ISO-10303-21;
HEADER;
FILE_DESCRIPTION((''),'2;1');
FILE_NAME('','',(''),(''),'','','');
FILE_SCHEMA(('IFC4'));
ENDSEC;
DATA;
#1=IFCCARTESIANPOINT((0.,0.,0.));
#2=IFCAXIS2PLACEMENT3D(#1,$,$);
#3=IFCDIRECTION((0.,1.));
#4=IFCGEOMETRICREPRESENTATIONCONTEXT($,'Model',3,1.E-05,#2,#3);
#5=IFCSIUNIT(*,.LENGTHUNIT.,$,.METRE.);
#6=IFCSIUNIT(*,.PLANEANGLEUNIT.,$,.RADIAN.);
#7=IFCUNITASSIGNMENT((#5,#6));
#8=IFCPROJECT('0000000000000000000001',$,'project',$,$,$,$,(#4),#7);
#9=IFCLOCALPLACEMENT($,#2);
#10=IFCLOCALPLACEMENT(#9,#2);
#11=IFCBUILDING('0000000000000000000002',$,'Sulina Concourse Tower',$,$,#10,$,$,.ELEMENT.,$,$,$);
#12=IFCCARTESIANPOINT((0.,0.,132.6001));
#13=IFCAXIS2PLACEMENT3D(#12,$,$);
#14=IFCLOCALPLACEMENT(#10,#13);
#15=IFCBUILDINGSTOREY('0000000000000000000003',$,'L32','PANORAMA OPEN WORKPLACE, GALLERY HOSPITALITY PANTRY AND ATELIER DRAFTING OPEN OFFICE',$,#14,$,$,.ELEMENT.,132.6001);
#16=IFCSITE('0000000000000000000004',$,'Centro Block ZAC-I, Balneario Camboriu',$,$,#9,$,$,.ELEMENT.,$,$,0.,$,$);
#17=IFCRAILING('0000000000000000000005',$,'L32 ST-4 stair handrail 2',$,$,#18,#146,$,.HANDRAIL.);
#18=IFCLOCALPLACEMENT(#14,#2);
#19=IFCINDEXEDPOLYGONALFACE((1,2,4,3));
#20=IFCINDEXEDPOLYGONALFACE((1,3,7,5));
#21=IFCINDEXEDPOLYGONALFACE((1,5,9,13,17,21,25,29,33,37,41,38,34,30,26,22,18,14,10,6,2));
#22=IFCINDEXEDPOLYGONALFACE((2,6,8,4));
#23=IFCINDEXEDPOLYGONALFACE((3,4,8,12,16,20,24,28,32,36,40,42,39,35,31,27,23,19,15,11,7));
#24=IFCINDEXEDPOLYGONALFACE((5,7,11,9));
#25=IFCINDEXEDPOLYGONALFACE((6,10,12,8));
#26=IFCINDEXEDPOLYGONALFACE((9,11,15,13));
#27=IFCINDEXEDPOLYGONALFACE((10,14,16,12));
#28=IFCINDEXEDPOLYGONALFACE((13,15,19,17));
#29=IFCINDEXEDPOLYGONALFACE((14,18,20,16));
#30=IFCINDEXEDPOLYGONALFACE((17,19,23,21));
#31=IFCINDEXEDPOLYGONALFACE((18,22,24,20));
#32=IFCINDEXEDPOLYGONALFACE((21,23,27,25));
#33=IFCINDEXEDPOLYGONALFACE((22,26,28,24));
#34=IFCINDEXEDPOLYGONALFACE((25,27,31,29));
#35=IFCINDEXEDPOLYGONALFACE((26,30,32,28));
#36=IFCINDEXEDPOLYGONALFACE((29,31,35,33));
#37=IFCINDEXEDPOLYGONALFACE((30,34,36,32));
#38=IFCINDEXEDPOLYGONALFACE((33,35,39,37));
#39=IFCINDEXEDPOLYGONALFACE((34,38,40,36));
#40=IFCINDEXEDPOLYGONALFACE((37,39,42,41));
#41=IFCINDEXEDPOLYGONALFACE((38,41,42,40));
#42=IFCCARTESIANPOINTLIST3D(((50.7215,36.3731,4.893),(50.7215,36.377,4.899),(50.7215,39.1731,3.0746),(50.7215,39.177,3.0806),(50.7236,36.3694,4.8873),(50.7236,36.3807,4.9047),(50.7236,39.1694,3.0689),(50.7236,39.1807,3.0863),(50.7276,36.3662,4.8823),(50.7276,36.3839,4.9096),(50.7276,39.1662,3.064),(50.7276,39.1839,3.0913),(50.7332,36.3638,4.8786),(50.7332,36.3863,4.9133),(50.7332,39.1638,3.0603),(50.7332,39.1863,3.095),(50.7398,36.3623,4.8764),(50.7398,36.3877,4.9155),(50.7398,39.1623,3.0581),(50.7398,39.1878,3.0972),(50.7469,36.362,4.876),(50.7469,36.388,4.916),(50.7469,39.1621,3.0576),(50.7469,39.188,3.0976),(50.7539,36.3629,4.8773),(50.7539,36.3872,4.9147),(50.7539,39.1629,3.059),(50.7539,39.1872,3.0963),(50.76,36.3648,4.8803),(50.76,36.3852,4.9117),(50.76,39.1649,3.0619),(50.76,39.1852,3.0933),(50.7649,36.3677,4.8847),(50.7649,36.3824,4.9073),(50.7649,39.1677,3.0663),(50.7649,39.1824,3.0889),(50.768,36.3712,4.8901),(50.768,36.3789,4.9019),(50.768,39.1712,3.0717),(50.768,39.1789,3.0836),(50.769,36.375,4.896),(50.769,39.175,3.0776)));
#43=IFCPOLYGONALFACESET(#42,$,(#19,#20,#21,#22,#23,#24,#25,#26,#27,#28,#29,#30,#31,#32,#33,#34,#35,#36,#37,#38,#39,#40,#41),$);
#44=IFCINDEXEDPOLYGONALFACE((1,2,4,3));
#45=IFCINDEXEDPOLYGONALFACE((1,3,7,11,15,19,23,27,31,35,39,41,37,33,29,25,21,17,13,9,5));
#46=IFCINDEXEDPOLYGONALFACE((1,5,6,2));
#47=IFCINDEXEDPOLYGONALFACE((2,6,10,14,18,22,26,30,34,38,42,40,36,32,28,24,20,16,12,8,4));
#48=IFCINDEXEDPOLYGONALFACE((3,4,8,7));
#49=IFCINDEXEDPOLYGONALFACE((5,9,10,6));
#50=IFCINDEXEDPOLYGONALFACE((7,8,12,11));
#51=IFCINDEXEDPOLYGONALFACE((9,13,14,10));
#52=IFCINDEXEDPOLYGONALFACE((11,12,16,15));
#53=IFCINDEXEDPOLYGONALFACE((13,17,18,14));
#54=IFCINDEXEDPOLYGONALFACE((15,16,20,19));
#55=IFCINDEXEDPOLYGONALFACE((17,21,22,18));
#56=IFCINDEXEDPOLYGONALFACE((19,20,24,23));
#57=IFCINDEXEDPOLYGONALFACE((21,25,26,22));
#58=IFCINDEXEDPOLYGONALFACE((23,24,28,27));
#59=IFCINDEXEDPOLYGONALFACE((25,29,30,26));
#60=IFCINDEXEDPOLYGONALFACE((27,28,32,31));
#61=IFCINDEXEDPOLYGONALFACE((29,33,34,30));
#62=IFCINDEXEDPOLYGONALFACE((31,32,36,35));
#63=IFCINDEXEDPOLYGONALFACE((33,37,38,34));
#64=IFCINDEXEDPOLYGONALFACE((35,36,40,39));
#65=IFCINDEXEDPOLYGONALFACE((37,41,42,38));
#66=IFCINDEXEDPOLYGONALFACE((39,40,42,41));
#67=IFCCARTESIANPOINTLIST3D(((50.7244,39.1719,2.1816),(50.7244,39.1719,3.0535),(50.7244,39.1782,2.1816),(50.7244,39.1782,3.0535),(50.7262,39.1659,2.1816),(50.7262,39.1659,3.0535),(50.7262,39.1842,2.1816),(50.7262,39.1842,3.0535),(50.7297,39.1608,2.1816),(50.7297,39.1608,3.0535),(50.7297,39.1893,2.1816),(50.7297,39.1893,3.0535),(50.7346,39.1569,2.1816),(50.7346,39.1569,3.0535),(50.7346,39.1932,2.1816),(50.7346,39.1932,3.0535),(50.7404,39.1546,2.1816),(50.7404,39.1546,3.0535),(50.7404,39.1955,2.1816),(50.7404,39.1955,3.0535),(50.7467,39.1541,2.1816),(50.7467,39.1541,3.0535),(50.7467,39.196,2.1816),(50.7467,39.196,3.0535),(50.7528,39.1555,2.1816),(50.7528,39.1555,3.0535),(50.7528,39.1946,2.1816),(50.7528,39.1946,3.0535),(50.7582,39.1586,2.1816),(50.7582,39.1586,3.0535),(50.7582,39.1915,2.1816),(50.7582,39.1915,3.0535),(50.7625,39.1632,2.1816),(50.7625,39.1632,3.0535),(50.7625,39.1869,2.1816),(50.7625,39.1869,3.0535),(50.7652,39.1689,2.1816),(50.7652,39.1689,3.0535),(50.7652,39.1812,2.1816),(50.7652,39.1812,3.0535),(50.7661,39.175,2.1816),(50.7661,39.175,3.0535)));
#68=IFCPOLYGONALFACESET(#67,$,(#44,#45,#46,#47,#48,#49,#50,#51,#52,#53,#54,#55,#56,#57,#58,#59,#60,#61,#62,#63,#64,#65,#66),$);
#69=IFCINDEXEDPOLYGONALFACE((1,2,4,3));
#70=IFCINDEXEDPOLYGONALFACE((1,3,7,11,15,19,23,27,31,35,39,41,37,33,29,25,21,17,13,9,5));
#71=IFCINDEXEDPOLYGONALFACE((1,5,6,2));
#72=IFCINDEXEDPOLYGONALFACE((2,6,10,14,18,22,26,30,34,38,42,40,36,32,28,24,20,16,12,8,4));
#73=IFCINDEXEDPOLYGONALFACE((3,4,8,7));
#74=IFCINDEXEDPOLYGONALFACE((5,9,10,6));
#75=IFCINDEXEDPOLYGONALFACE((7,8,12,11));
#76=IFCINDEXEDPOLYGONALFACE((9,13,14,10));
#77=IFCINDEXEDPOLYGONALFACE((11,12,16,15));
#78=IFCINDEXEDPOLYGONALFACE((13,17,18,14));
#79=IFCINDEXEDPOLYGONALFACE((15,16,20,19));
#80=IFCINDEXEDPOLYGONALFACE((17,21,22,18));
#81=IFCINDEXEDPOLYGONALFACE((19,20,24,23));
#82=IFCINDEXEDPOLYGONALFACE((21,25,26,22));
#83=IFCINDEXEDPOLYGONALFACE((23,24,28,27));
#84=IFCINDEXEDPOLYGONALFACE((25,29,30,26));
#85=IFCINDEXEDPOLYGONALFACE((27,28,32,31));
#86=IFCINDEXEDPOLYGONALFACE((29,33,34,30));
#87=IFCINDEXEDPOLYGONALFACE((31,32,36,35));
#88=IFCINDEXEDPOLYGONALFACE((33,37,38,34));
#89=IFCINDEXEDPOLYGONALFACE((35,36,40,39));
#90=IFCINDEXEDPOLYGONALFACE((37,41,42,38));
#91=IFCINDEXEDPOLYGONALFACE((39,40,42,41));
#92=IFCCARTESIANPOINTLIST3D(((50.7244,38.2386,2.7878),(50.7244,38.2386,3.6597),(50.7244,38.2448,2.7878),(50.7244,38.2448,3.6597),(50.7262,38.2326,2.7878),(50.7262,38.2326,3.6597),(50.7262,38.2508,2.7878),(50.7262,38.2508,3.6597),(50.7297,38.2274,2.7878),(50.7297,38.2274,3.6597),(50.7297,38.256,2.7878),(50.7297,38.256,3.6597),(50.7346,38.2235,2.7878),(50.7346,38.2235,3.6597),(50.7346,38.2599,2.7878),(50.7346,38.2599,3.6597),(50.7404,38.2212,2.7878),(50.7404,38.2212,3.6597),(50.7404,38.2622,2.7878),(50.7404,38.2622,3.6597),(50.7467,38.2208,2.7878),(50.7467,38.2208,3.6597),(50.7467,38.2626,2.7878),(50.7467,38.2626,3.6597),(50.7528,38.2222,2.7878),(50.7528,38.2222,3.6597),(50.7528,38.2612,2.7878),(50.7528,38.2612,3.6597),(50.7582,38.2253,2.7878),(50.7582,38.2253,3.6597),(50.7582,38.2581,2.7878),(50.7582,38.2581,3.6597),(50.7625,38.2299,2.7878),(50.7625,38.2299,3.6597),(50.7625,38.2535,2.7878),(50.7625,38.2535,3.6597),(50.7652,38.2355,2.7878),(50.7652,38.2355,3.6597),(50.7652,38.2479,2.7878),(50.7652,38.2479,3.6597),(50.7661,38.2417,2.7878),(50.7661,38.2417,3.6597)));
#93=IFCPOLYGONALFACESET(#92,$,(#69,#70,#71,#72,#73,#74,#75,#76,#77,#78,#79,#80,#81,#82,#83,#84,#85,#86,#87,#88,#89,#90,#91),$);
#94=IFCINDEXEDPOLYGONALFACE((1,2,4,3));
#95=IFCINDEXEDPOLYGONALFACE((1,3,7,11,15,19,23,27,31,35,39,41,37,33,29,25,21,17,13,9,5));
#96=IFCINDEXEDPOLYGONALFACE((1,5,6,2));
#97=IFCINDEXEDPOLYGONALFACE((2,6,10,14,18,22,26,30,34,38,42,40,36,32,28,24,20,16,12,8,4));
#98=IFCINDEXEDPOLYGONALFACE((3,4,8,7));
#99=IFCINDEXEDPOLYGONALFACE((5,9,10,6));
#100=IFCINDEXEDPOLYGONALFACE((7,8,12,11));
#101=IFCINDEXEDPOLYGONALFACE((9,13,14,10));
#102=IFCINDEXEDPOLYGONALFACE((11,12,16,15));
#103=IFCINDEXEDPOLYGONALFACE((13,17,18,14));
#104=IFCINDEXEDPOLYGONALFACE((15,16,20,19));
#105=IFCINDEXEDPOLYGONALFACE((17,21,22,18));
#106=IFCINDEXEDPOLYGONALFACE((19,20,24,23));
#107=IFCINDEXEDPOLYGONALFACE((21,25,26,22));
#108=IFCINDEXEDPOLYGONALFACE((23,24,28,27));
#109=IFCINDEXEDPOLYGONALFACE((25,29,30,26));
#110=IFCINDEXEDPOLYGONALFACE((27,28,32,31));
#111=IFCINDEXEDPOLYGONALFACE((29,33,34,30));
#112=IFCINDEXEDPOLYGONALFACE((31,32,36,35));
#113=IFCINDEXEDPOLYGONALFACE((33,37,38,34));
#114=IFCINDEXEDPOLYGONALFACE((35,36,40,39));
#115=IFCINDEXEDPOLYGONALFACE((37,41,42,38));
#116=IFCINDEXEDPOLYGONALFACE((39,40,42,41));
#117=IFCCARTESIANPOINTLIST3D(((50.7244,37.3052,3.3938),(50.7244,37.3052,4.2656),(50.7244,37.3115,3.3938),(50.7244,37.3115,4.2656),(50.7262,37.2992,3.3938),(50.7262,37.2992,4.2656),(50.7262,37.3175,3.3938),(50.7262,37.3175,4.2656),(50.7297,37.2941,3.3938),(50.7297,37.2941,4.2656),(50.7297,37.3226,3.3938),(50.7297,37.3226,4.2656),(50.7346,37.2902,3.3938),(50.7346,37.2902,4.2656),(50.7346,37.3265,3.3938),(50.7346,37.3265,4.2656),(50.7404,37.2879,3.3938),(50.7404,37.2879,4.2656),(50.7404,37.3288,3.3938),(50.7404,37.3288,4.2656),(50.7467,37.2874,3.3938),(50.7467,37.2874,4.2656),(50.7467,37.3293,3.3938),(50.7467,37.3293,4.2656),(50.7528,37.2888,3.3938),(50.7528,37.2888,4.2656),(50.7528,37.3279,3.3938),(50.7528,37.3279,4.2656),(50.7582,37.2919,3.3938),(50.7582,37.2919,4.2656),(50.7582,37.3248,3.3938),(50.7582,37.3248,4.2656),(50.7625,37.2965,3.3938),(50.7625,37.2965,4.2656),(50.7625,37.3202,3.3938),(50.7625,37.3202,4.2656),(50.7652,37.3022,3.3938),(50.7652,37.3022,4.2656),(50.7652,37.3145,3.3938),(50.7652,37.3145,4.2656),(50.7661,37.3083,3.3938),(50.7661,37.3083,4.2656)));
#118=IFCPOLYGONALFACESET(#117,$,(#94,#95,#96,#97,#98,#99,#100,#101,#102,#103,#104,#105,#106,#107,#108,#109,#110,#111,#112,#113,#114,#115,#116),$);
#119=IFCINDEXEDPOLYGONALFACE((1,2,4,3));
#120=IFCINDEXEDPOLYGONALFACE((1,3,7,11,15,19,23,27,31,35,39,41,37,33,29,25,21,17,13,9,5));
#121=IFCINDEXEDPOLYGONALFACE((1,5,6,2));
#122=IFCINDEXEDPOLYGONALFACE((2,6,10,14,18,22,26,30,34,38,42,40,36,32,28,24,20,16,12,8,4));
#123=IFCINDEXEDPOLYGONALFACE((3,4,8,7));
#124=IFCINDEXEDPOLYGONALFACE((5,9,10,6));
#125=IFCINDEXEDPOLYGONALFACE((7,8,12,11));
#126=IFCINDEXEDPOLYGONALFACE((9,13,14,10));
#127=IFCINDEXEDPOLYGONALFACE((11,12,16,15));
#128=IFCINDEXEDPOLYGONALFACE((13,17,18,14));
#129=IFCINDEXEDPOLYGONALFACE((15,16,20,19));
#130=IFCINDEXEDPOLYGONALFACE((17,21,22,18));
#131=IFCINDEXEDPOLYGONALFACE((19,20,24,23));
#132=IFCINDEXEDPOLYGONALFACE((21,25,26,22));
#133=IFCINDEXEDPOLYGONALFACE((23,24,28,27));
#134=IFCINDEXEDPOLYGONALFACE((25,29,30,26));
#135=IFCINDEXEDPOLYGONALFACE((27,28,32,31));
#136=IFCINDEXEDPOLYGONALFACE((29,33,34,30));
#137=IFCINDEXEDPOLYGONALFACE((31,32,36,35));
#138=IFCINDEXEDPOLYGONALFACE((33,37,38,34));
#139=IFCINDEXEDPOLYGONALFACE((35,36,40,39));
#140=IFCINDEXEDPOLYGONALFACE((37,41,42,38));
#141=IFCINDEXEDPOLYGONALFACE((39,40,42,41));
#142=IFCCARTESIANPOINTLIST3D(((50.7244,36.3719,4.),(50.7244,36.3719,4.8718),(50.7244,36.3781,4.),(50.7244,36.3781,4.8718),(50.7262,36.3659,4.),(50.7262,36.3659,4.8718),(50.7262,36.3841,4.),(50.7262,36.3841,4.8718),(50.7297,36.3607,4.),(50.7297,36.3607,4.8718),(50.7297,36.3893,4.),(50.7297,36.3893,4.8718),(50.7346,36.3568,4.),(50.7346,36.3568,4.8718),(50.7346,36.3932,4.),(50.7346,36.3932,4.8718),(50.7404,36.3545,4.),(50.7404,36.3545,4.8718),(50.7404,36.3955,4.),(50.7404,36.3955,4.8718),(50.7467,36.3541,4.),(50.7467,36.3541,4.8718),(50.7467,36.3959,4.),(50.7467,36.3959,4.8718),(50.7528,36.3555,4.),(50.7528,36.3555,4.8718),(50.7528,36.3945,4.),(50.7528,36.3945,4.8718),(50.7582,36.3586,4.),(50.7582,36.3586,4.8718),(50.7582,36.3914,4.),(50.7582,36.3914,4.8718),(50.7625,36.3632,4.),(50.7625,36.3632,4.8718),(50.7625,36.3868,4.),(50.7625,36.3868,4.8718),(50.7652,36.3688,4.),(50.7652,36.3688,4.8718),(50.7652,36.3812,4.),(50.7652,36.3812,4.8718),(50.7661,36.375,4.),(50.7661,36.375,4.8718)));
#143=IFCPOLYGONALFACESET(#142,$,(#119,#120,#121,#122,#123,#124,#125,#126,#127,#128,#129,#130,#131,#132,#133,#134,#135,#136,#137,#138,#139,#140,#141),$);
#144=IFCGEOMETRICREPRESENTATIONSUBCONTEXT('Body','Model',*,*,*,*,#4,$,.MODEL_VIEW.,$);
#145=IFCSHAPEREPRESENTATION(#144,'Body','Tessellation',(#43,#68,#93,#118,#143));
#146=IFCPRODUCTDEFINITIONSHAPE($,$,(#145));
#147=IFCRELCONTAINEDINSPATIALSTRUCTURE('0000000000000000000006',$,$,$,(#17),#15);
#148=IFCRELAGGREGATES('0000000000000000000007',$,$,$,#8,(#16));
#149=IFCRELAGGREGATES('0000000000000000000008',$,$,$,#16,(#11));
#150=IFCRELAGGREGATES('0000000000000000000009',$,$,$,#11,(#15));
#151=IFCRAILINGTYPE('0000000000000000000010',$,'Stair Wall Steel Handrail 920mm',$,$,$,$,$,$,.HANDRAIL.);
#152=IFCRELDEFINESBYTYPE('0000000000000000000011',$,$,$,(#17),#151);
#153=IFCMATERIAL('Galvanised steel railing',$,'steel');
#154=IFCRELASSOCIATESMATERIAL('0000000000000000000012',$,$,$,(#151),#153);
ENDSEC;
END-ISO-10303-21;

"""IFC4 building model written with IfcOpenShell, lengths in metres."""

from ifc_helpers import new_model, si_unit, direction, frame, origin, origin_2d, place, context, subcontext, project, spatial, circle, extrude, material, type_object, element, save


model = new_model("IFC4")

# Units and contexts
model_context = context("Model", 3, precision=1e-05, world=origin(), true_north=direction((0.0, 1.0)))
body_context = subcontext(model_context, "Body", "Model", "MODEL_VIEW")
ifc_project = project(units=[si_unit("LENGTHUNIT", "METRE"), si_unit("PLANEANGLEUNIT", "RADIAN")], contexts=[model_context])

# Site, building, storey
site_placement = place(None, origin())
site = spatial("IfcSite", under=ifc_project, at=site_placement, Name="Centro Block ZAC-I, Balneario Camboriu", CompositionType="ELEMENT", RefElevation=0.0)
building_placement = place(site_placement, origin())
building = spatial("IfcBuilding", under=site, at=building_placement, Name="Sulina Concourse Tower", CompositionType="ELEMENT")
storey_placement = place(building_placement, frame((0.0, 0.0, 132.6001)))
storey = spatial("IfcBuildingStorey", under=building, at=storey_placement, Name="L32", Description="PANORAMA OPEN WORKPLACE, GALLERY HOSPITALITY PANTRY AND ATELIER DRAFTING OPEN OFFICE", CompositionType="ELEMENT", Elevation=132.6001)

# Railing
ifc_material_1 = material(Name="Galvanised steel railing", Category="steel")
railing_type_1 = type_object("IfcRailingType", Name="Stair Wall Steel Handrail 920mm", PredefinedType="HANDRAIL", material=ifc_material_1)
railing_1_placement = place(storey_placement, frame((50.7451, 39.175, 2.1816)))
element("IfcRailing", 1, at=railing_1_placement, inside=storey, type_object=railing_type_1, Name="L32 ST-4 stair handrail 2", PredefinedType="HANDRAIL", context=body_context, shape_type="SweptSolid", body=[
    extrude(circle(Radius=0.0239, at=origin_2d()), frame((0.0, 0.0, 0.896), z_axis=(0.0, -0.838672, 0.544636), x_axis=(1.0, 0.0, 0.0)), (0.0, 0.0, 1.0), 3.3386),
    extrude(circle(Radius=0.021, at=origin_2d()), origin(), (0.0, 0.0, 1.0), 0.8718),
    extrude(circle(Radius=0.021, at=origin_2d()), frame((0.0, -0.9333, 0.6062)), (0.0, 0.0, 1.0), 0.8718),
    extrude(circle(Radius=0.021, at=origin_2d()), frame((0.0, -1.8667, 1.2122)), (0.0, 0.0, 1.0), 0.8718),
    extrude(circle(Radius=0.021, at=origin_2d()), frame((0.0, -2.8, 1.8184)), (0.0, 0.0, 1.0), 0.8718),
])

save(model, "model.ifc")
